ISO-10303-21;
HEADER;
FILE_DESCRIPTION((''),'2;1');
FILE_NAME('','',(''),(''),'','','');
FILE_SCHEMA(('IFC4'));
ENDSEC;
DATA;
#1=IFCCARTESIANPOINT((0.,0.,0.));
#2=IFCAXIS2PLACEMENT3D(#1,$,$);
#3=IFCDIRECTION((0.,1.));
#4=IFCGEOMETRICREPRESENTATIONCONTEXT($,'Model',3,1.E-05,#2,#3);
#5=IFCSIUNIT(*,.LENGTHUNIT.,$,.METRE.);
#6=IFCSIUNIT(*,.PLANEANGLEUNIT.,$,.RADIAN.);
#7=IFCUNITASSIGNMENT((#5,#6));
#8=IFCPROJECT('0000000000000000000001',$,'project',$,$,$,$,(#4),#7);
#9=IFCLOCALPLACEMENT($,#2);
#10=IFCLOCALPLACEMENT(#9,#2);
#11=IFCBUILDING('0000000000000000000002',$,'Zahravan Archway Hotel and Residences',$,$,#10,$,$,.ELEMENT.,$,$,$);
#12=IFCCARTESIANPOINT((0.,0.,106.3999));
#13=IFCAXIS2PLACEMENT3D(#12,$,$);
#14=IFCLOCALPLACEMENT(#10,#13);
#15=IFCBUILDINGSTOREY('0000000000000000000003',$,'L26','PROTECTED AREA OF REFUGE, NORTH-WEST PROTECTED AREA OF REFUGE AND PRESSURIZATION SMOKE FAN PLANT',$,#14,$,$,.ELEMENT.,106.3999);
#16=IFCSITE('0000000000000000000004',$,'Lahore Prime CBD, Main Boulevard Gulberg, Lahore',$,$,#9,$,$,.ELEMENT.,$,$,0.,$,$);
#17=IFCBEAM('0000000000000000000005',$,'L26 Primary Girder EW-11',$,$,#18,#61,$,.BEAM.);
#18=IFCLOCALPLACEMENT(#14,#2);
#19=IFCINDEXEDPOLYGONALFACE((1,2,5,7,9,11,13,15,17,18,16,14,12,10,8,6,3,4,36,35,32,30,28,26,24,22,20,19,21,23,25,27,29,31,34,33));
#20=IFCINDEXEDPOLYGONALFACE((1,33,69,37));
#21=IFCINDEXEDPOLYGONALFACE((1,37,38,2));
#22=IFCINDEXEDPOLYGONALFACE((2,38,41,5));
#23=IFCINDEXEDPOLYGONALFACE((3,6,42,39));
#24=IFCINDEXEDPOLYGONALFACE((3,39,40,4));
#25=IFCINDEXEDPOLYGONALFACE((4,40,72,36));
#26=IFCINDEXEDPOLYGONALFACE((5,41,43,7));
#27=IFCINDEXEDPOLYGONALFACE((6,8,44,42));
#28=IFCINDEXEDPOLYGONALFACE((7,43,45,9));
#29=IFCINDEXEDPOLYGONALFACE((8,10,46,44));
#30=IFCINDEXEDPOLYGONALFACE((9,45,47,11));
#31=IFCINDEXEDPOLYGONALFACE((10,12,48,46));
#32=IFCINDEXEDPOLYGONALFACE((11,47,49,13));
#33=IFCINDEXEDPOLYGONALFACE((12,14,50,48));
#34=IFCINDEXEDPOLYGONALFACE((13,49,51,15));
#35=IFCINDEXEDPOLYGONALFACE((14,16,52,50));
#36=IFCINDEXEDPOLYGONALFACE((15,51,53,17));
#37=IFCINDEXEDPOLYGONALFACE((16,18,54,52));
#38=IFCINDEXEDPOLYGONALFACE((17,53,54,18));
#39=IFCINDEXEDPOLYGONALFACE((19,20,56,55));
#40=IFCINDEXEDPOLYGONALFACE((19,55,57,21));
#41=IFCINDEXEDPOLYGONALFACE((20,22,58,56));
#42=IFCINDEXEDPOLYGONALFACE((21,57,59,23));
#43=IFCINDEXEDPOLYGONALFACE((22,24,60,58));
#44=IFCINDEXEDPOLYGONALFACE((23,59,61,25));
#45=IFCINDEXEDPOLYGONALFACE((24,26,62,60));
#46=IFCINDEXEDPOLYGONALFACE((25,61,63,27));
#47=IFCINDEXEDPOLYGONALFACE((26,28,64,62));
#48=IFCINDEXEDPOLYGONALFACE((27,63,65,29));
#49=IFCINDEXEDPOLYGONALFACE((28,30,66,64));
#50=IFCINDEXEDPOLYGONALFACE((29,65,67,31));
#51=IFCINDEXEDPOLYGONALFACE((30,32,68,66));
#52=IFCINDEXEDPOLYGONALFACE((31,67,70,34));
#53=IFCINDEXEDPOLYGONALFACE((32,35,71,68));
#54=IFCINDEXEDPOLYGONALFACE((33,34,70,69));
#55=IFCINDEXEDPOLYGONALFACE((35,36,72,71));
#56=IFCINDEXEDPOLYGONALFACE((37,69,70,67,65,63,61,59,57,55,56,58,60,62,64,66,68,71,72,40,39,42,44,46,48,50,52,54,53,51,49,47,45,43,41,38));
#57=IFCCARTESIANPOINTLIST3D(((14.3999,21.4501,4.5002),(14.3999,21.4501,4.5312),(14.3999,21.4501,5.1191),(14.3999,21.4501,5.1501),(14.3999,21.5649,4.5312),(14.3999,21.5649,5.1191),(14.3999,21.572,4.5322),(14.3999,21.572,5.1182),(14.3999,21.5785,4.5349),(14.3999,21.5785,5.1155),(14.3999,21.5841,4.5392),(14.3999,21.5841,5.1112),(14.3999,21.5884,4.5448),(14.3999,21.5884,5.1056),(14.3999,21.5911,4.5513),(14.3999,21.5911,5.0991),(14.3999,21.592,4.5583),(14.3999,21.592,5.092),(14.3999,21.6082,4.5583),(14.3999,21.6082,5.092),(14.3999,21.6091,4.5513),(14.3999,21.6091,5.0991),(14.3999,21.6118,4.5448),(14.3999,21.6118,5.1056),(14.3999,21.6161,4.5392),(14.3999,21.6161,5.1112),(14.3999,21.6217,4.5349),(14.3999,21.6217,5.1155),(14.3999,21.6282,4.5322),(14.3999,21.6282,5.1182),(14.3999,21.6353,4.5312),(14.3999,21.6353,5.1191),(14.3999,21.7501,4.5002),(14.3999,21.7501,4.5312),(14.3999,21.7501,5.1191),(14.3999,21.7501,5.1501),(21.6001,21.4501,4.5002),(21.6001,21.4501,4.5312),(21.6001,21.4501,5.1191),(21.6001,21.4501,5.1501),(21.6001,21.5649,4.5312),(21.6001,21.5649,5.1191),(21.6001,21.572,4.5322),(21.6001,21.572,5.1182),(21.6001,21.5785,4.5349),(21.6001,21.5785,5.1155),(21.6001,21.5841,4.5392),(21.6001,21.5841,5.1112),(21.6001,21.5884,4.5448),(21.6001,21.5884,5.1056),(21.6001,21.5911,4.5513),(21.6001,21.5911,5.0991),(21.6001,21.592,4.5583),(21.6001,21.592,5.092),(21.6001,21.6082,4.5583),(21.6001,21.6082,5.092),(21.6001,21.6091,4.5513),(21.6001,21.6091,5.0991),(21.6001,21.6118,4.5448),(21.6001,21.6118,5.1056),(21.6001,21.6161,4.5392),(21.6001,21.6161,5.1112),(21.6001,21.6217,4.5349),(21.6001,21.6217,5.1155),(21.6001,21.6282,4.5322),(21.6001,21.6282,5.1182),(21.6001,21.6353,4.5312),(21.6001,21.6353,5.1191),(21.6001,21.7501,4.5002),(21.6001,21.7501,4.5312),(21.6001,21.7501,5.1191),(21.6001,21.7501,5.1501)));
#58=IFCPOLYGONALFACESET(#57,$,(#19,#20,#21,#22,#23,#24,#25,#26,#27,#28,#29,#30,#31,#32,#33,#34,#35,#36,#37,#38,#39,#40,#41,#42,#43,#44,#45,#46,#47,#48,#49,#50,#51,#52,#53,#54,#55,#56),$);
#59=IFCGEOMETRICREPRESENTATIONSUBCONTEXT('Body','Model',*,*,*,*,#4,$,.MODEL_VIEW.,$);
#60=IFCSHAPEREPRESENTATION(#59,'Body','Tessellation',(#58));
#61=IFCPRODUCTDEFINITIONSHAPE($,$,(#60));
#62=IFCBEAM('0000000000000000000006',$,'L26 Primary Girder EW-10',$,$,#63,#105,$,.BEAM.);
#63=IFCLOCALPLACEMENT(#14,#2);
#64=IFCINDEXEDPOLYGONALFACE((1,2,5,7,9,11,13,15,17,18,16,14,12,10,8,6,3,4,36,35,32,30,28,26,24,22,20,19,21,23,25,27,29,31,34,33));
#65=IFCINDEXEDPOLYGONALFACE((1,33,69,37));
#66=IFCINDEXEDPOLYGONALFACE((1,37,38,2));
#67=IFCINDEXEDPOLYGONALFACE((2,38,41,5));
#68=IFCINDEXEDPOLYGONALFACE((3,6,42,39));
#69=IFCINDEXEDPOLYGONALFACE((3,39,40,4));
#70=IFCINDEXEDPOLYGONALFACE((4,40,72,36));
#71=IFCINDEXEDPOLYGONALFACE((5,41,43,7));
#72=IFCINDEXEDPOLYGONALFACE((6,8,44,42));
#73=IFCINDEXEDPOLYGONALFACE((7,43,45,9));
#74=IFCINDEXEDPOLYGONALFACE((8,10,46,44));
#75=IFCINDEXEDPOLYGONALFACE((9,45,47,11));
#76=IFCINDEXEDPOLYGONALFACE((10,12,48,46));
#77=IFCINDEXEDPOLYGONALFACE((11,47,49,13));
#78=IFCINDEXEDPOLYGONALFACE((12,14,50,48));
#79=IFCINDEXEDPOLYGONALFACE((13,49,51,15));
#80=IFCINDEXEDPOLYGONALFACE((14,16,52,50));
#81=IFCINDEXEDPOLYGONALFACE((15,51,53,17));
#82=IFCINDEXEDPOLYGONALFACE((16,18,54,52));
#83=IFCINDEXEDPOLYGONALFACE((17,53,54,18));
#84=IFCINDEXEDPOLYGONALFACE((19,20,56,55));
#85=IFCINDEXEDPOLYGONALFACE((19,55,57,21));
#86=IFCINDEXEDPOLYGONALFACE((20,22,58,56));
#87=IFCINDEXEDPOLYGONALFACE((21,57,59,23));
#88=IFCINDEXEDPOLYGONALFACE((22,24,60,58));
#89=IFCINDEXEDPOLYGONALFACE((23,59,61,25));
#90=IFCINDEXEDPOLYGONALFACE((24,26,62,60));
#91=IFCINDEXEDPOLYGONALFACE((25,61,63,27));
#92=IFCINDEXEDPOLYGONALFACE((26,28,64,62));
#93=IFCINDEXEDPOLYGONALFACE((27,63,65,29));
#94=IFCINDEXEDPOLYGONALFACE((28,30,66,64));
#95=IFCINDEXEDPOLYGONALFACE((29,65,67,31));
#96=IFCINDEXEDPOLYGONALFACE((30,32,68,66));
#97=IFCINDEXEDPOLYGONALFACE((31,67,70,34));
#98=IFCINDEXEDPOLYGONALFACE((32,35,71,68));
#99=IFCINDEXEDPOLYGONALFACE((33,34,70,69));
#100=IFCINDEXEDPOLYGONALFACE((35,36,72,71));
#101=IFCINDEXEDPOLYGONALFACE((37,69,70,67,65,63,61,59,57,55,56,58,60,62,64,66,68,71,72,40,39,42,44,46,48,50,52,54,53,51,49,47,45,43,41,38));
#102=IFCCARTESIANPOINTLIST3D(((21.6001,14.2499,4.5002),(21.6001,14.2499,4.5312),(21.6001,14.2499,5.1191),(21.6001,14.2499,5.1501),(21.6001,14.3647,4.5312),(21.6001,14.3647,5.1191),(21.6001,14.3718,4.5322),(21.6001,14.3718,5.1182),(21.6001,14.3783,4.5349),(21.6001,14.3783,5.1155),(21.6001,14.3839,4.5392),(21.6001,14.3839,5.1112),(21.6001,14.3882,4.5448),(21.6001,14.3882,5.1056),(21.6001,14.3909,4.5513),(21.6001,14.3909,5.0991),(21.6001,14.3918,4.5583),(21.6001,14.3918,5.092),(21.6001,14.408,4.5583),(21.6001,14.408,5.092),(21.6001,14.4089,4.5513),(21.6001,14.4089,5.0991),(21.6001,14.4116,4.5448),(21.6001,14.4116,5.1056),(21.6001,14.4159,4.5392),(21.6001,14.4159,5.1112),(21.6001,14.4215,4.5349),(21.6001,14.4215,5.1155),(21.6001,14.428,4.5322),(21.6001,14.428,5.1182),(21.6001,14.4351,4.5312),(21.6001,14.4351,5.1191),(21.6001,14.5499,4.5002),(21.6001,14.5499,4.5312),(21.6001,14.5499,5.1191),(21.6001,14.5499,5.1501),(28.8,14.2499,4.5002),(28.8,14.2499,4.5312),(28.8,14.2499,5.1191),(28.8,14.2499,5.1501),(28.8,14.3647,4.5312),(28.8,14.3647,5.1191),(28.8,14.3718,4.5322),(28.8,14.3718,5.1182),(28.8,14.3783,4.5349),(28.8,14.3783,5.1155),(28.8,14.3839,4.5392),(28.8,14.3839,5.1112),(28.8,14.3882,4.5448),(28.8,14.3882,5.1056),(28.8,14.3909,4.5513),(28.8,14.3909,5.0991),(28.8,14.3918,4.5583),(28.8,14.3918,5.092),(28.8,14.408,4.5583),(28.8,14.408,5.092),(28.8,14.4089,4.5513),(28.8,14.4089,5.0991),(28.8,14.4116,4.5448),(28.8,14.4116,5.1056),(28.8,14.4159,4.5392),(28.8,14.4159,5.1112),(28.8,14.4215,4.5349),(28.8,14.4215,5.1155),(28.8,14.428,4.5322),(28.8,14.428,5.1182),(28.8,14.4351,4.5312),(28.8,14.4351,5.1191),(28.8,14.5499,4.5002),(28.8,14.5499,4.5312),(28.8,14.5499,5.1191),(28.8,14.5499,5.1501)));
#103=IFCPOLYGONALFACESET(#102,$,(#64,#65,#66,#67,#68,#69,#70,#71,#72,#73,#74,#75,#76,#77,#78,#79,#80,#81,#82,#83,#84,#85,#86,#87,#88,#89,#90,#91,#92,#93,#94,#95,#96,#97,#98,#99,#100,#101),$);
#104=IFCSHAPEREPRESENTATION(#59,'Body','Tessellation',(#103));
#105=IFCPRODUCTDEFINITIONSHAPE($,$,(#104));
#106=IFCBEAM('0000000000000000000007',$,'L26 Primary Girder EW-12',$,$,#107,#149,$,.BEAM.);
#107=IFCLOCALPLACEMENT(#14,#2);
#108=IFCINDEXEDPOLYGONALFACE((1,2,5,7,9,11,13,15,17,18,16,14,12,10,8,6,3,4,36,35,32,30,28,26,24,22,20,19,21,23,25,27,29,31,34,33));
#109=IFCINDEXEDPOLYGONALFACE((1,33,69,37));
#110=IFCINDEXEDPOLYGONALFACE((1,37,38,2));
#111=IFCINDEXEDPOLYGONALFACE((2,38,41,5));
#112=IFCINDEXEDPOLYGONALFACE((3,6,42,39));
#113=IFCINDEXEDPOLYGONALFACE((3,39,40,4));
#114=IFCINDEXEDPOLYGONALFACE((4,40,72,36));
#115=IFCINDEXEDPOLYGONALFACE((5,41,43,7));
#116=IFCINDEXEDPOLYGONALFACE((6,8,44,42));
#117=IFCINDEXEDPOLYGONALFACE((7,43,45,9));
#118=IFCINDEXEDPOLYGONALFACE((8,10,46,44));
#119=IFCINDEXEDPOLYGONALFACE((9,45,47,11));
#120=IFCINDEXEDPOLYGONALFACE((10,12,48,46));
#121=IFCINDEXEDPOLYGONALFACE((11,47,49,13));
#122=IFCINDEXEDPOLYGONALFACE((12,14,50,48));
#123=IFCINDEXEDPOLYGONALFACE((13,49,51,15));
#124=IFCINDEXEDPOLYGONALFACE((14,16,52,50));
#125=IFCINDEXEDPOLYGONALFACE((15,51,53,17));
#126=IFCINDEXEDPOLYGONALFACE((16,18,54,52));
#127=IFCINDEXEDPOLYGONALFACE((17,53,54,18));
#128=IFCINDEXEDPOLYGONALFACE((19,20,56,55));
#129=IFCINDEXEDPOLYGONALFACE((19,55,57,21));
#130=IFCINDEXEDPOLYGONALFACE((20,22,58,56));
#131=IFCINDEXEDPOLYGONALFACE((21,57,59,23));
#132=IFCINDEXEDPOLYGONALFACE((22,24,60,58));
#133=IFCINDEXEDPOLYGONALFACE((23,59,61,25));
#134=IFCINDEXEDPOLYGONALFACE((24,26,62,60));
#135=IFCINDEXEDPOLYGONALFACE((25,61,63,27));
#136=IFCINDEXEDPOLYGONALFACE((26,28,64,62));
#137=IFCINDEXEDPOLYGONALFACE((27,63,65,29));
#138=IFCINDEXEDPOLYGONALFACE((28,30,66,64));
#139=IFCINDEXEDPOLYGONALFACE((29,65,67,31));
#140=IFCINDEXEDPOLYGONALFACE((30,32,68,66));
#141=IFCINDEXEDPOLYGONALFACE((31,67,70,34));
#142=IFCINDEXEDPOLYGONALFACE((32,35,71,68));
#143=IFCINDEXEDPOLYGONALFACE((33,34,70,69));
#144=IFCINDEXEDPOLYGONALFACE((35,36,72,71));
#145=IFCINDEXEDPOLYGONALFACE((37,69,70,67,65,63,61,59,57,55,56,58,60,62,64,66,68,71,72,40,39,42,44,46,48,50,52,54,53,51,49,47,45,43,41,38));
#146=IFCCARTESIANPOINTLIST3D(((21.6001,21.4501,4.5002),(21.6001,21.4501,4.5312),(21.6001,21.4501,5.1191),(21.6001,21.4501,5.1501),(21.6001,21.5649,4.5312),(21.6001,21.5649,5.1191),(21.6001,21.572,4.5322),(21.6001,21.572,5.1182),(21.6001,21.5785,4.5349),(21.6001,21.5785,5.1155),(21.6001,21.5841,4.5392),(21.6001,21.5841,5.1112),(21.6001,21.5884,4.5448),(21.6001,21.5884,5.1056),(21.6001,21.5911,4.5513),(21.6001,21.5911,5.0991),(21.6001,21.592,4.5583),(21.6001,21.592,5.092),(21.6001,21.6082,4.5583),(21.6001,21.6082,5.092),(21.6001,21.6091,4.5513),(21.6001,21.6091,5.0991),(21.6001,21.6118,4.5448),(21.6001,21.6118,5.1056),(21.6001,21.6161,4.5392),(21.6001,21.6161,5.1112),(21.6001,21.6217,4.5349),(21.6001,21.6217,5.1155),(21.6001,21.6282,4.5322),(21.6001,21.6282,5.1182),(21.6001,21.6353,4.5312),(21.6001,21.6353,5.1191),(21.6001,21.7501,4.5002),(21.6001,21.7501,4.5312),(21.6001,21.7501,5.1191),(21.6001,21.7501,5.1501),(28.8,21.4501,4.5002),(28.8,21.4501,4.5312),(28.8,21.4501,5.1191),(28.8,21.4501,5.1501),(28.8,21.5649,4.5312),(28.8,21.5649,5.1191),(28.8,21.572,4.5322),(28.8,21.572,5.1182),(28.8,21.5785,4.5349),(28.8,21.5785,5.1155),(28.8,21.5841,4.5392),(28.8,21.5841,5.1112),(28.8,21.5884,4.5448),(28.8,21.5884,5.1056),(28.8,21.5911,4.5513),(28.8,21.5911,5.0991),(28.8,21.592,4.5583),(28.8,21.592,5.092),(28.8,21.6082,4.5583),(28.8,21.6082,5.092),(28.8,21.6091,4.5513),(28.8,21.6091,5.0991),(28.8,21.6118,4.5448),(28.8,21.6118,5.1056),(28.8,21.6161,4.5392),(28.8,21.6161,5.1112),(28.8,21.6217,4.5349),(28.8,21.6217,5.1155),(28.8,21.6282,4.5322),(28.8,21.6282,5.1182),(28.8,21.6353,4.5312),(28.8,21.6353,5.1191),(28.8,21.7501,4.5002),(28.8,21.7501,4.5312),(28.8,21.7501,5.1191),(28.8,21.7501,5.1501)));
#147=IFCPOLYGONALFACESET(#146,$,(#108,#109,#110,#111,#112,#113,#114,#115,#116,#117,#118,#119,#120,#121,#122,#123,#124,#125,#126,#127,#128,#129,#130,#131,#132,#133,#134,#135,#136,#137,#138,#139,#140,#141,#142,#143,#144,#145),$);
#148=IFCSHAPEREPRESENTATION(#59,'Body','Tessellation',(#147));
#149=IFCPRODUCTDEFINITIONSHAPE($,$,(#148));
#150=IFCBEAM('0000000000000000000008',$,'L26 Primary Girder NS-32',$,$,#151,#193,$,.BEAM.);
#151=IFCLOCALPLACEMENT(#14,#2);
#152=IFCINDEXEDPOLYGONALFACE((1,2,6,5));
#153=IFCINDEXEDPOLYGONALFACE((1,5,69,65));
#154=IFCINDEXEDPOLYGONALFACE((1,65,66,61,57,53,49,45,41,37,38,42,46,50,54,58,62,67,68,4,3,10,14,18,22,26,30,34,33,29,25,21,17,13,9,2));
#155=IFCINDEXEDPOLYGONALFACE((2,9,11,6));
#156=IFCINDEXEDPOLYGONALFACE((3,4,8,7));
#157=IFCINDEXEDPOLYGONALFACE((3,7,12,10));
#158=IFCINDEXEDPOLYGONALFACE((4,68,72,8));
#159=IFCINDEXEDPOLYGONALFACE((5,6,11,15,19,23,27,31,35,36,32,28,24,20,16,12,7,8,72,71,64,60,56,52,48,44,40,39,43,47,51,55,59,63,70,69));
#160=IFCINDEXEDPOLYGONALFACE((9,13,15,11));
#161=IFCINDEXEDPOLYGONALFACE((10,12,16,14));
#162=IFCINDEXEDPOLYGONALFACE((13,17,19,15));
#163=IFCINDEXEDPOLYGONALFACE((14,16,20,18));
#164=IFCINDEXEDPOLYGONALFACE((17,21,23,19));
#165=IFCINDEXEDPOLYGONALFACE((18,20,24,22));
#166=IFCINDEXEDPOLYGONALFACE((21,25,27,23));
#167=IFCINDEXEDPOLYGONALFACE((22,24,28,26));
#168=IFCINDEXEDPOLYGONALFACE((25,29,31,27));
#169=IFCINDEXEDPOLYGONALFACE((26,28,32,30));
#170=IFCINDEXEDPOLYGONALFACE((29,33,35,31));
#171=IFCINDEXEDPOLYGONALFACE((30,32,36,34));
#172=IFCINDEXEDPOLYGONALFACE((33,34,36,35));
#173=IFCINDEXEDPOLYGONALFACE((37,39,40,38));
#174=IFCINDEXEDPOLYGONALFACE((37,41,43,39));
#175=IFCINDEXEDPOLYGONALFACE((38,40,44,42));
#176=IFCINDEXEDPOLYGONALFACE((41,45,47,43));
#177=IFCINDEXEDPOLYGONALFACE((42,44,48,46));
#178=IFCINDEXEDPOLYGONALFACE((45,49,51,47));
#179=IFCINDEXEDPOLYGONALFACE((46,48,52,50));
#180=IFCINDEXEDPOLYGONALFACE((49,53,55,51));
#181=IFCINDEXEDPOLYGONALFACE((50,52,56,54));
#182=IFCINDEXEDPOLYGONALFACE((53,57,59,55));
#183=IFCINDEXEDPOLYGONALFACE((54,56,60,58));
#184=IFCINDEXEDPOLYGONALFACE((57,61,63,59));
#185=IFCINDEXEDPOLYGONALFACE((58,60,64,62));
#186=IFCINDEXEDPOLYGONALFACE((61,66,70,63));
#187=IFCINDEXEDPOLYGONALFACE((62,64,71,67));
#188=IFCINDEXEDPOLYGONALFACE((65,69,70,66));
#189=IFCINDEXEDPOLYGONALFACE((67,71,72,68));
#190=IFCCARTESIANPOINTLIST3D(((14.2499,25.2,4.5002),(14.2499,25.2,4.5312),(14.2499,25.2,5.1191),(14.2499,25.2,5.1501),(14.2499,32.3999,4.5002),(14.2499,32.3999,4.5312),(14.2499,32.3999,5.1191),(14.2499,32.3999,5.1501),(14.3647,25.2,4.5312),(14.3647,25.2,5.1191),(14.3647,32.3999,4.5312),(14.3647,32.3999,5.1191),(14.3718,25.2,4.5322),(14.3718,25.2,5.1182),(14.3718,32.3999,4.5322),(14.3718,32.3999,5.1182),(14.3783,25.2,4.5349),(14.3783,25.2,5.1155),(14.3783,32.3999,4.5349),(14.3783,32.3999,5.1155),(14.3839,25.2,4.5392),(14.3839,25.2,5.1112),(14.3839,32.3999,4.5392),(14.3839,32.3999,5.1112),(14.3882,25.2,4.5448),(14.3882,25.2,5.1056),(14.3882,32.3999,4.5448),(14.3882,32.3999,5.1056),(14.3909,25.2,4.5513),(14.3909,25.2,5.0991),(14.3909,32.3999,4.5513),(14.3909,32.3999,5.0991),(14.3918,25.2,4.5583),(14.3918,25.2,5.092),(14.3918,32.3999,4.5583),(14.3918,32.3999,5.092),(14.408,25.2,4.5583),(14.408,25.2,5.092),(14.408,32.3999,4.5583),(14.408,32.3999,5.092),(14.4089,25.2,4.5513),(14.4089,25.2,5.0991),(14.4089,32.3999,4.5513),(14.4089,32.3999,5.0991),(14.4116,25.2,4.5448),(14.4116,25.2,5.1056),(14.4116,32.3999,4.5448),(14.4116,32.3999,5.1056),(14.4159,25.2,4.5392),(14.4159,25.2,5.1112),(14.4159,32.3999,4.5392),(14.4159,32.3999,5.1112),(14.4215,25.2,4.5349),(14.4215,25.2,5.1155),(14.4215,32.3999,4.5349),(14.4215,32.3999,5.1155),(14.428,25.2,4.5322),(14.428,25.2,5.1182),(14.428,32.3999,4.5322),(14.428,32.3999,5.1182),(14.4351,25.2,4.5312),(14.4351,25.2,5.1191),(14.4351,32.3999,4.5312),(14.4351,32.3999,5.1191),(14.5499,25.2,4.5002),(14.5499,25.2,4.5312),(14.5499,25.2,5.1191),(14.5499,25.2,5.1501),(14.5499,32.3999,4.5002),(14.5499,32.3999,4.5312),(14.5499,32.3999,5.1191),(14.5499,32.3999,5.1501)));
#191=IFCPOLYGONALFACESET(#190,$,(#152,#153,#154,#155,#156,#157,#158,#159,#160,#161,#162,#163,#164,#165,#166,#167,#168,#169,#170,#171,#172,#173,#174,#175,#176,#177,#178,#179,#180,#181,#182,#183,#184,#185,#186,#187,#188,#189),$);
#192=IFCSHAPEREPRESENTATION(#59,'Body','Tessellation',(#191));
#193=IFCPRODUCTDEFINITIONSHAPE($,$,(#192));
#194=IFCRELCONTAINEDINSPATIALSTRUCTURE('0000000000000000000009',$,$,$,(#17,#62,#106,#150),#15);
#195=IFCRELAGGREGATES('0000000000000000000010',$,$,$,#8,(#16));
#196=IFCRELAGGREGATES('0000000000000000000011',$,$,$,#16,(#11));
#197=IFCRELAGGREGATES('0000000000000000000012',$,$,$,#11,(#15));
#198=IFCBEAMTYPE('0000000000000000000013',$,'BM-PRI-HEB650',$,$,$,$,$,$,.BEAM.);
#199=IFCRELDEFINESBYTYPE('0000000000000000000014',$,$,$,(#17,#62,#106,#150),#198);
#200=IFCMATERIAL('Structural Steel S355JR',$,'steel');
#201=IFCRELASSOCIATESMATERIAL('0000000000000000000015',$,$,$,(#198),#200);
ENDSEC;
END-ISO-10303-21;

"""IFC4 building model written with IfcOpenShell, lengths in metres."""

from ifc_helpers import new_model, si_unit, direction, frame, origin, origin_2d, place, context, subcontext, project, spatial, i_section, extrude, source, transform, mapped, material, material_profile, profile_set, type_object, type_shapes, element, save


model = new_model("IFC4")

# Units and contexts
model_context = context("Model", 3, precision=1e-05, world=origin(), true_north=direction((0.0, 1.0)))
body_context = subcontext(model_context, "Body", "Model", "MODEL_VIEW")
ifc_project = project(units=[si_unit("LENGTHUNIT", "METRE"), si_unit("PLANEANGLEUNIT", "RADIAN")], contexts=[model_context])

# Site, building, storey
site_placement = place(None, origin())
site = spatial("IfcSite", under=ifc_project, at=site_placement, Name="Lahore Prime CBD, Main Boulevard Gulberg, Lahore", CompositionType="ELEMENT", RefElevation=0.0)
building_placement = place(site_placement, origin())
building = spatial("IfcBuilding", under=site, at=building_placement, Name="Zahravan Archway Hotel and Residences", CompositionType="ELEMENT")
storey_placement = place(building_placement, frame((0.0, 0.0, 106.3999)))
storey = spatial("IfcBuildingStorey", under=building, at=storey_placement, Name="L26", Description="PROTECTED AREA OF REFUGE, NORTH-WEST PROTECTED AREA OF REFUGE AND PRESSURIZATION SMOKE FAN PLANT", CompositionType="ELEMENT", Elevation=106.3999)

# Beams
ifc_material_1 = material(Name="Structural Steel S355JR", Category="steel")
ifc_material_profile_1 = material_profile(ifc_material_1, i_section(OverallWidth=0.3, OverallDepth=0.6499, WebThickness=0.0161, FlangeThickness=0.031, FilletRadius=0.0271, at=origin_2d()), Name="HEB 650", Category="steel")
ifc_profile_set_1 = profile_set([ifc_material_profile_1], Name="Structural Steel S355JR")
beam_type_1 = type_object("IfcBeamType", Name="BM-PRI-HEB650", PredefinedType="BEAM", material=ifc_profile_set_1)
shared_shape_1 = source(origin(), body_context, "Body", "SweptSolid", [
    extrude(i_section(OverallWidth=0.3, OverallDepth=0.6499, WebThickness=0.0161, FlangeThickness=0.031, FilletRadius=0.0271, at=origin_2d()), origin(), (0.0, 0.0, 1.0), 7.2002),
])
type_shapes(beam_type_1, [shared_shape_1])
beam_1_placement = place(storey_placement, frame((14.3999, 21.6001, 4.8252), z_axis=(1.0, 0.0, 0.0), x_axis=(0.0, 1.0, 0.0)))
element("IfcBeam", 1, at=beam_1_placement, inside=storey, type_object=beam_type_1, Name="L26 Primary Girder EW-11", PredefinedType="BEAM", context=body_context, shape_type="MappedRepresentation", body=[
    mapped(shared_shape_1, transform((0.0, 0.0, 0.0), scale=1.0)),
])
shared_shape_2 = source(origin(), body_context, "Body", "SweptSolid", [
    extrude(i_section(OverallWidth=0.3, OverallDepth=0.6499, WebThickness=0.0161, FlangeThickness=0.031, FilletRadius=0.0271, at=origin_2d()), origin(), (0.0, 0.0, 1.0), 7.2),
])
for number, where, z_axis, x_axis, name in (
    (2, (21.6001, 14.3999, 4.8252), (1.0, 0.0, 0.0), (0.0, 1.0, 0.0), "L26 Primary Girder EW-10"),
    (3, (21.6001, 21.6001, 4.8252), (1.0, 0.0, 0.0), (0.0, 1.0, 0.0), "L26 Primary Girder EW-12"),
    (4, (14.3999, 25.2, 4.8252), (0.0, 1.0, 0.0), (-1.0, 0.0, 0.0), "L26 Primary Girder NS-32"),
):
    element("IfcBeam", number, at=place(storey_placement, frame(where, z_axis=z_axis, x_axis=x_axis)), inside=storey, type_object=beam_type_1, Name=name, PredefinedType="BEAM", context=body_context, shape_type="MappedRepresentation", body=[
        mapped(shared_shape_2, transform((0.0, 0.0, 0.0), scale=1.0)),
    ])

save(model, "model.ifc")
